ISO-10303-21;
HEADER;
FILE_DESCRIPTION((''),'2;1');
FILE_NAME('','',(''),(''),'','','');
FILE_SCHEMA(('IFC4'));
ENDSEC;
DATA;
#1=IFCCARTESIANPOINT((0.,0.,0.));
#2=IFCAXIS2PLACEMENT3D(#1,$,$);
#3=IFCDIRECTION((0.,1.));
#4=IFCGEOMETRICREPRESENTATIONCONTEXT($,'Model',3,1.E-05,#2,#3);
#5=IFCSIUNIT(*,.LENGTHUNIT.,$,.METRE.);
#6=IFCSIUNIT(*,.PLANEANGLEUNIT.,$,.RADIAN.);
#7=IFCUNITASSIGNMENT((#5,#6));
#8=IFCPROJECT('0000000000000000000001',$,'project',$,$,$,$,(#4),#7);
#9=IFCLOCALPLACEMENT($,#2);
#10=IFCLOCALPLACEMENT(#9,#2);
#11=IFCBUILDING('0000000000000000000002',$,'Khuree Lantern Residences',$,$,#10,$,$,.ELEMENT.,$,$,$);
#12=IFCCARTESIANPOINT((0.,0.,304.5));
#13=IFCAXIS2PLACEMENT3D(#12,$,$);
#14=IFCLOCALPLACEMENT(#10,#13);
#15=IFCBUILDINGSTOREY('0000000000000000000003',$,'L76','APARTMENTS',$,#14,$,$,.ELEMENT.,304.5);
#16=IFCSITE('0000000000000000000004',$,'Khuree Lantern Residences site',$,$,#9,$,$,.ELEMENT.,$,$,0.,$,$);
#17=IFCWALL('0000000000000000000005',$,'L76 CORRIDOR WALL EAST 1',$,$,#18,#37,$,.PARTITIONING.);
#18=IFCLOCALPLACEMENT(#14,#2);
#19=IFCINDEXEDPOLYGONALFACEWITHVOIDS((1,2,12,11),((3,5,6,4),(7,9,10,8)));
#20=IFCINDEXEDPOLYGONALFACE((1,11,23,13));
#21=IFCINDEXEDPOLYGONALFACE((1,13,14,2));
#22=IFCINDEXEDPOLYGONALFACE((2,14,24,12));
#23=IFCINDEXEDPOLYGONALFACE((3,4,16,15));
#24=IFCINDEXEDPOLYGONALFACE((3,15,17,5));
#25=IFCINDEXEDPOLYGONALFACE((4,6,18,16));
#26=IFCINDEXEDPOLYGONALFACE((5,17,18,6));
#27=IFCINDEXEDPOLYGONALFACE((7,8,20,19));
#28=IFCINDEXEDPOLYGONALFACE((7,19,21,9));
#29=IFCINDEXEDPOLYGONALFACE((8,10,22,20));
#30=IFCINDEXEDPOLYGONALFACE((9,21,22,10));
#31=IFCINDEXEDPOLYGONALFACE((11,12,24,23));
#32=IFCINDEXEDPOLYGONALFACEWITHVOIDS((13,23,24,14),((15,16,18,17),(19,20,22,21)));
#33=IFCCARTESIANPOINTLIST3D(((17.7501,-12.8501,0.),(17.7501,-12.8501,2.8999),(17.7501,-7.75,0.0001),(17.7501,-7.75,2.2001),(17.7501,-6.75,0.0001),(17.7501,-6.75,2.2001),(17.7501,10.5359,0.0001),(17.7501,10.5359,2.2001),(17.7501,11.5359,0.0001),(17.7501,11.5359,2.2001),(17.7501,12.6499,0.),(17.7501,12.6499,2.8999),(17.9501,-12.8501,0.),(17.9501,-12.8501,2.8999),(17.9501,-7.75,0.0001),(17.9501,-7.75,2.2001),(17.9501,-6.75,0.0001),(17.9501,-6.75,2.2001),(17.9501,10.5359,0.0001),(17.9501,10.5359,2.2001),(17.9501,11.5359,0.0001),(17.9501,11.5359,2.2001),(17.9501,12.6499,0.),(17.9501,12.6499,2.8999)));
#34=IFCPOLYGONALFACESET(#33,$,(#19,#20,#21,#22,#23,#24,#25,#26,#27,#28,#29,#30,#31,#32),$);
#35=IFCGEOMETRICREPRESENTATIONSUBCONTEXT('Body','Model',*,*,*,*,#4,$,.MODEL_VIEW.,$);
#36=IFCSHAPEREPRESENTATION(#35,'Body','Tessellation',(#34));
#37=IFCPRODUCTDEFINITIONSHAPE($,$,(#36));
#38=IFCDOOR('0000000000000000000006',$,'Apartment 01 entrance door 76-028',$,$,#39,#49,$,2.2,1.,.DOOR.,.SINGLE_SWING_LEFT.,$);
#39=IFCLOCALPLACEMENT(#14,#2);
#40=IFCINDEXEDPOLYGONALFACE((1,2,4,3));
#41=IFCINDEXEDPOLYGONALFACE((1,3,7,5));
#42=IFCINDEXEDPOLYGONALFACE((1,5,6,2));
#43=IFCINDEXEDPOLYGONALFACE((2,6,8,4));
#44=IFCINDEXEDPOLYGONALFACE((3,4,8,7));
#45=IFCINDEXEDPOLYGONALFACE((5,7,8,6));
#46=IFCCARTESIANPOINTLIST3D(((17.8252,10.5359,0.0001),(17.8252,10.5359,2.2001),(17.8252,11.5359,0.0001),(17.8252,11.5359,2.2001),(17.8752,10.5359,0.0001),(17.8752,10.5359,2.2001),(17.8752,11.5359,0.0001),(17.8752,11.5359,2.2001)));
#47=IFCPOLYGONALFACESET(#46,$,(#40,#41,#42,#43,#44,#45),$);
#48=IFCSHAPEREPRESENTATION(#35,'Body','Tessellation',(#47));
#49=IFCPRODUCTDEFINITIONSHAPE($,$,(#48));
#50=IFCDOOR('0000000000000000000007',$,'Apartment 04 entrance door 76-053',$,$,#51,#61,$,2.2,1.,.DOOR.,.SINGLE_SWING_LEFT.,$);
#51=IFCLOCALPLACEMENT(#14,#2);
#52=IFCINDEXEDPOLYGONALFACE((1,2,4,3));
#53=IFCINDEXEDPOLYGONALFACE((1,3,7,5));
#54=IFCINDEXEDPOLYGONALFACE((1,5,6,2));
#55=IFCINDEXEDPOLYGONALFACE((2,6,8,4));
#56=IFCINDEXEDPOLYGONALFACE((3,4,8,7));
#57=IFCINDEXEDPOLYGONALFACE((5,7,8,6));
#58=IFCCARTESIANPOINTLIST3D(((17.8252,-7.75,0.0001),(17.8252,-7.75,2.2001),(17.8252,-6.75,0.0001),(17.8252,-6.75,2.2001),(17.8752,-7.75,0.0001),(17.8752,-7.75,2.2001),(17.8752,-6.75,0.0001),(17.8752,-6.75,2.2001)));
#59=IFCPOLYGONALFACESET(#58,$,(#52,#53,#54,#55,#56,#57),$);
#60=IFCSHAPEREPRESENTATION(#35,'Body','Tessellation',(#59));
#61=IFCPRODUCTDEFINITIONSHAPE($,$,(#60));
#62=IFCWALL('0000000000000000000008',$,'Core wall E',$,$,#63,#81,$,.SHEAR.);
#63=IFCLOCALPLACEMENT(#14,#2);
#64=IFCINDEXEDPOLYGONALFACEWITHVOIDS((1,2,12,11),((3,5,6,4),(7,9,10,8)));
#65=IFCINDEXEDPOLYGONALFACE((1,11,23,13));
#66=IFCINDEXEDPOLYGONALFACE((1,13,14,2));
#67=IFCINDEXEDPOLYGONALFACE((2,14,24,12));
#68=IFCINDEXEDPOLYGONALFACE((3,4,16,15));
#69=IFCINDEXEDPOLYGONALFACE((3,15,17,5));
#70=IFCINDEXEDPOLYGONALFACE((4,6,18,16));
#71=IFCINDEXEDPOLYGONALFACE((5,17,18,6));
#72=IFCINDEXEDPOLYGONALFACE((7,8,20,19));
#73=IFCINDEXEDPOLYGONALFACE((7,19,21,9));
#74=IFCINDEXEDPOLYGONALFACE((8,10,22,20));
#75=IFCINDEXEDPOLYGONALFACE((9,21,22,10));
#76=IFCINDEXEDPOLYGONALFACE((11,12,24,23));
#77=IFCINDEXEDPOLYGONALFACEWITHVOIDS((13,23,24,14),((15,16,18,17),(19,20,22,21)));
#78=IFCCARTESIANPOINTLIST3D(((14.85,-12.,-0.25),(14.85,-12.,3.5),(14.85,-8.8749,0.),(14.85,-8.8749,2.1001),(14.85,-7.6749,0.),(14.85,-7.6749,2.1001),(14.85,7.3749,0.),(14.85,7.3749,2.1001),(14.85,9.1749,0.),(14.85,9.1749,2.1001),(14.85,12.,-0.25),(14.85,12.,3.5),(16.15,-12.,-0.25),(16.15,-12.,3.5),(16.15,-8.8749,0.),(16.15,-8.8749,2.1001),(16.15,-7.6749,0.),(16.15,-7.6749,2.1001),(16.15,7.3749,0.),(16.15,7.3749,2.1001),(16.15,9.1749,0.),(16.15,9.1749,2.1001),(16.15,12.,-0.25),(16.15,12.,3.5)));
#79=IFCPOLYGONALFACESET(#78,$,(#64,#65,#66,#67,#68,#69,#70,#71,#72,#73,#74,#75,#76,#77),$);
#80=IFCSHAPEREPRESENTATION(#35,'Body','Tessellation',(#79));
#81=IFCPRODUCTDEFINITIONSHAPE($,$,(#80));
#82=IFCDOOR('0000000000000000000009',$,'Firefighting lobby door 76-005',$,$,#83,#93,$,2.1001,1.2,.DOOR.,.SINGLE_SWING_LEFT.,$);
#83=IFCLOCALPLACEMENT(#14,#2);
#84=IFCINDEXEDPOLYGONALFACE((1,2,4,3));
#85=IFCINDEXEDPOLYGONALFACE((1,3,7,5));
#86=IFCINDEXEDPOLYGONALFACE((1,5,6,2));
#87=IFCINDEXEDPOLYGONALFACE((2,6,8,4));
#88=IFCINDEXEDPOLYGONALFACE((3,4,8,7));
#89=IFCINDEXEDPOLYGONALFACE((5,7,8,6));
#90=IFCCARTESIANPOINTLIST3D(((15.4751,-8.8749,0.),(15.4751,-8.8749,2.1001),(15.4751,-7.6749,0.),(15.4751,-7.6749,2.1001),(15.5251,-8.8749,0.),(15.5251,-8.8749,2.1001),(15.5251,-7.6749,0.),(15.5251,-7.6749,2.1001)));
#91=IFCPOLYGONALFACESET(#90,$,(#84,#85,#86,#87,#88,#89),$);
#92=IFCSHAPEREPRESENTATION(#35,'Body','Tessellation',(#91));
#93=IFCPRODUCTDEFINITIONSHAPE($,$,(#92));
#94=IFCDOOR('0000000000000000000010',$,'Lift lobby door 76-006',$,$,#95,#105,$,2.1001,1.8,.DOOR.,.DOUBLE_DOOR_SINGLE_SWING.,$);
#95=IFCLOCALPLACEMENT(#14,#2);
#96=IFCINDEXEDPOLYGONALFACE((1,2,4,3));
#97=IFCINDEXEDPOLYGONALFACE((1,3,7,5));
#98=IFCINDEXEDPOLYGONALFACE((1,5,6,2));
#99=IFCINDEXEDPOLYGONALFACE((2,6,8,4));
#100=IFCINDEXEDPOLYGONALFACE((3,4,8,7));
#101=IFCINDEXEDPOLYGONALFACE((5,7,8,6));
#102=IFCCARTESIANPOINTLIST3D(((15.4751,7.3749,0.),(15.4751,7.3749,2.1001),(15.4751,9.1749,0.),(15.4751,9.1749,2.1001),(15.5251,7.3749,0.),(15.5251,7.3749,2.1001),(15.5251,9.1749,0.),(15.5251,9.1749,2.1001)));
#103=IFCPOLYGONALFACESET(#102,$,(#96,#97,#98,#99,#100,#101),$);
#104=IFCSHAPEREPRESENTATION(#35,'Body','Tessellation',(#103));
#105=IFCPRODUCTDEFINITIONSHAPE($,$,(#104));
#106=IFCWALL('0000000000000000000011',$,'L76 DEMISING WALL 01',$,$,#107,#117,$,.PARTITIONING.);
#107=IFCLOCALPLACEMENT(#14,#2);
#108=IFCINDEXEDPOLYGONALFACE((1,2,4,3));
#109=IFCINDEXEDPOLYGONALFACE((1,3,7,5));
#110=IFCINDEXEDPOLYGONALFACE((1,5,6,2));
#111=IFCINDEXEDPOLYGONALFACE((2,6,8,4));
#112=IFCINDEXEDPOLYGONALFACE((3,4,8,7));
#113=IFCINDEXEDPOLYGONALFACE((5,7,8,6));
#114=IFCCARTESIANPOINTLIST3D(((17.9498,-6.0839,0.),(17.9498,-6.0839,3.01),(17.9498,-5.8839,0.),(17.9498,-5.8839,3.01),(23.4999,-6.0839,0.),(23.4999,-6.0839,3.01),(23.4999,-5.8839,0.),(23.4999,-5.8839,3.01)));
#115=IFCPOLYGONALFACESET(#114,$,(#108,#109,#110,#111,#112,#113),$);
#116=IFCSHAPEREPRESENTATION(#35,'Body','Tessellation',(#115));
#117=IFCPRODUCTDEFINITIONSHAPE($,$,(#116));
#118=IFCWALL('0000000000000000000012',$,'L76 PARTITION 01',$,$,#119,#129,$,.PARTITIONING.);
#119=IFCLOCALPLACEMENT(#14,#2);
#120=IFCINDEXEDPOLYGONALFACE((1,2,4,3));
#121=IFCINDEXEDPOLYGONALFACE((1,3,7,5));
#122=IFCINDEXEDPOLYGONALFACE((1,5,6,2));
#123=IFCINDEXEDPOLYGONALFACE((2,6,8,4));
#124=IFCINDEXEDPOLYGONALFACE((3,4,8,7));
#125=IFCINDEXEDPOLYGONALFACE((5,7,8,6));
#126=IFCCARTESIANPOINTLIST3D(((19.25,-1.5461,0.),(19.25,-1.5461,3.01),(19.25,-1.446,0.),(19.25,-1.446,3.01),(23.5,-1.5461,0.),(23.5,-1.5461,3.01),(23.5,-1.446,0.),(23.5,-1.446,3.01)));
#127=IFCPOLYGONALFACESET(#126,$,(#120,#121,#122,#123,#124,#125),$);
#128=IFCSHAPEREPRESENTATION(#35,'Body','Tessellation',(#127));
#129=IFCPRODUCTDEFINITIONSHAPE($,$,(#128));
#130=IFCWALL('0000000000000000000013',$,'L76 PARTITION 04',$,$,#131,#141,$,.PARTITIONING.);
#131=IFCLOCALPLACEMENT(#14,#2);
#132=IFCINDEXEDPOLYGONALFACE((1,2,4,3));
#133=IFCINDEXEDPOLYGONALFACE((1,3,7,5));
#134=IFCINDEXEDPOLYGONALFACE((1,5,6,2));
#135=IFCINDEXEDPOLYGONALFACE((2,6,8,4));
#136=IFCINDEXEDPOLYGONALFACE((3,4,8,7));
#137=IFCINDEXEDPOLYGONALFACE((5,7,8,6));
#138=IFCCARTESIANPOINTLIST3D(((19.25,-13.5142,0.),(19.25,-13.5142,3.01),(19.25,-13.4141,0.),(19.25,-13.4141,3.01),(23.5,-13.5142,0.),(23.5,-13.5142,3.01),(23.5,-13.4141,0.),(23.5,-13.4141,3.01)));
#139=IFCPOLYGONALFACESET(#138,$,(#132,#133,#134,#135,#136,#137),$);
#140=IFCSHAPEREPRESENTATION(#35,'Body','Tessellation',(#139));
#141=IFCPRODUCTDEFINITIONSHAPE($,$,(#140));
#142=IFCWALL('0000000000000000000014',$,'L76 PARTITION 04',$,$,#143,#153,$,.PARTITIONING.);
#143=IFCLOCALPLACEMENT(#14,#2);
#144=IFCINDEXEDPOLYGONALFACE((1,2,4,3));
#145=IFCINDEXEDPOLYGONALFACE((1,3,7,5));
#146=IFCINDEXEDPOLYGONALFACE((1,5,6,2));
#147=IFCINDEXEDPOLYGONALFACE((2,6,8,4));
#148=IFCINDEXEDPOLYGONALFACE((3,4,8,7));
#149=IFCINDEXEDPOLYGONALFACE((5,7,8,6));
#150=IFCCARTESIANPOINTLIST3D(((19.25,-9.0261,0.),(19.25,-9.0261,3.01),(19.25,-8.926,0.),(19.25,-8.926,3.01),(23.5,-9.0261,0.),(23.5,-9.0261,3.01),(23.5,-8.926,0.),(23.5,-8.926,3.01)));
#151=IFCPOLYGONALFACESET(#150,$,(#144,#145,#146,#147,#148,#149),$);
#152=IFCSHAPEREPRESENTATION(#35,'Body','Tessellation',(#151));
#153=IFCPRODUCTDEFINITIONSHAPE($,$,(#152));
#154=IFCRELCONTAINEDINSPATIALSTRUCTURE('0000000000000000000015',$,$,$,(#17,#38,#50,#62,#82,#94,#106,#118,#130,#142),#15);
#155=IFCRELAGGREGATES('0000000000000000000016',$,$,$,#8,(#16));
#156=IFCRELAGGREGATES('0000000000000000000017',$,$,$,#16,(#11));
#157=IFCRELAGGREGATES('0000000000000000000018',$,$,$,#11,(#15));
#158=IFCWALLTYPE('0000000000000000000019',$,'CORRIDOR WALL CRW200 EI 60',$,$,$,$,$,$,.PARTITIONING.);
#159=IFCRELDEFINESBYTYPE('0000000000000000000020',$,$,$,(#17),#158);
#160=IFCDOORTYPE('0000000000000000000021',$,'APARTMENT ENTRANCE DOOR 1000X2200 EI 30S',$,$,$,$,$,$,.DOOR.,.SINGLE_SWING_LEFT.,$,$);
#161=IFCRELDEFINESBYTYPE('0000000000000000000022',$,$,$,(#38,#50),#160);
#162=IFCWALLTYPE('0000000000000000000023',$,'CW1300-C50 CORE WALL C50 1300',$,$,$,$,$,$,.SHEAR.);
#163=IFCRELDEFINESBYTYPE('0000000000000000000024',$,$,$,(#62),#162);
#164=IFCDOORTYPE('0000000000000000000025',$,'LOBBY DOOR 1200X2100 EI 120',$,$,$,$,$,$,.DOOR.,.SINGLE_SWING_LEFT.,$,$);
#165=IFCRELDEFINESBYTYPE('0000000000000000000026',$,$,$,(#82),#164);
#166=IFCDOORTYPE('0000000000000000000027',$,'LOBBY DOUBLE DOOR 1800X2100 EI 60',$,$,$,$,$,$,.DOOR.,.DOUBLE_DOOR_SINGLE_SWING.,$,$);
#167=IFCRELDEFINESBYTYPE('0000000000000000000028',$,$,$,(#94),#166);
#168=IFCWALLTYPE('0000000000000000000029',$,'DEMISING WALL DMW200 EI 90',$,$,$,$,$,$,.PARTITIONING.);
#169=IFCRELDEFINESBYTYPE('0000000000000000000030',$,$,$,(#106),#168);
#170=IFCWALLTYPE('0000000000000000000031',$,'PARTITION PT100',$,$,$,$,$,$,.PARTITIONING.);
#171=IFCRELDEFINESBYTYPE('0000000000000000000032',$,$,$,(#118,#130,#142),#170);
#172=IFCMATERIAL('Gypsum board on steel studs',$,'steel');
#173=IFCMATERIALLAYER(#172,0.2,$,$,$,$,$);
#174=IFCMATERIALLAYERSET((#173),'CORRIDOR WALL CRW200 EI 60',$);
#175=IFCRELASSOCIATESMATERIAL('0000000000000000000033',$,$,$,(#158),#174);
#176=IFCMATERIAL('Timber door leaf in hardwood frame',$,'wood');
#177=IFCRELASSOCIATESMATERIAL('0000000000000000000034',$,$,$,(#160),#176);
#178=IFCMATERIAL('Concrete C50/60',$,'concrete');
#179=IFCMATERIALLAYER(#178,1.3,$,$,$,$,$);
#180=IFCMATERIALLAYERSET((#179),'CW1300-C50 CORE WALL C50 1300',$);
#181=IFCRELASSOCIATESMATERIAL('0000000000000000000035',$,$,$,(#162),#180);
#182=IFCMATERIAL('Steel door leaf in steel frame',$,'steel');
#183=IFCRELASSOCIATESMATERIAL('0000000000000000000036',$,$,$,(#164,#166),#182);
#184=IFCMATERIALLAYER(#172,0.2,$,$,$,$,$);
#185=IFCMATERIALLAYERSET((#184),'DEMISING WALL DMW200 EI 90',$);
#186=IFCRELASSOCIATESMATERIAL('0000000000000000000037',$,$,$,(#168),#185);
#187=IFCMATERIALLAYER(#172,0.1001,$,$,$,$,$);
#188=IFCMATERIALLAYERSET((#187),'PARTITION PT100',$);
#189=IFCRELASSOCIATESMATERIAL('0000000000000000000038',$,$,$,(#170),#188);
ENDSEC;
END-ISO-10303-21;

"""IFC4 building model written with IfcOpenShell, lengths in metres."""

from ifc_helpers import new_model, si_unit, direction, frame, frame_2d, origin, place, context, subcontext, project, spatial, rectangle, extrude, material, layer, layer_set, type_object, element, fill, save


model = new_model("IFC4")

# Units and contexts
model_context = context("Model", 3, precision=1e-05, world=origin(), true_north=direction((0.0, 1.0)))
body_context = subcontext(model_context, "Body", "Model", "MODEL_VIEW")
ifc_project = project(units=[si_unit("LENGTHUNIT", "METRE"), si_unit("PLANEANGLEUNIT", "RADIAN")], contexts=[model_context])

# Site, building, storey
site_placement = place(None, origin())
site = spatial("IfcSite", under=ifc_project, at=site_placement, Name="Khuree Lantern Residences site", CompositionType="ELEMENT", RefElevation=0.0)
building_placement = place(site_placement, origin())
building = spatial("IfcBuilding", under=site, at=building_placement, Name="Khuree Lantern Residences", CompositionType="ELEMENT")
storey_placement = place(building_placement, frame((0.0, 0.0, 304.5)))
storey = spatial("IfcBuildingStorey", under=building, at=storey_placement, Name="L76", Description="APARTMENTS", CompositionType="ELEMENT", Elevation=304.5)

# Shared definitions
ifc_material_1 = material(Name="Concrete C50/60", Category="concrete")

# Shared definitions
ifc_material_2 = material(Name="Gypsum board on steel studs", Category="steel")
ifc_layer_1 = layer(ifc_material_2, 0.2)
ifc_layer_set_1 = layer_set([ifc_layer_1], Name="CORRIDOR WALL CRW200 EI 60")
wall_type_1 = type_object("IfcWallType", Name="CORRIDOR WALL CRW200 EI 60", PredefinedType="PARTITIONING", material=ifc_layer_set_1)

# Walls, openings, doors
wall_1_placement = place(storey_placement, frame((17.8501, -12.8501, 0.0), z_axis=(0.0, 0.0, 1.0), x_axis=(0.0, 1.0, 0.0)))
wall_1 = element("IfcWall", 1, at=wall_1_placement, inside=storey, type_object=wall_type_1, Name="L76 CORRIDOR WALL EAST 1", PredefinedType="PARTITIONING", context=body_context, shape_type="SweptSolid", body=[
    extrude(rectangle(XDim=25.5, YDim=0.2, at=frame_2d((12.75, 0.0))), origin(), (0.0, 0.0, 1.0), 2.8999),
])
opening_1_placement = place(wall_1_placement, frame((23.386, 0.0, 0.0)))
opening_1 = element("IfcOpeningElement", 2, at=opening_1_placement, cuts=wall_1, PredefinedType="OPENING", context=body_context, shape_type="SweptSolid", body=[
    extrude(rectangle(XDim=1.0, YDim=2.2, at=frame_2d((0.5, 1.1001))), frame((0.0, 0.1099, 0.0), z_axis=(0.0, -1.0, 0.0), x_axis=(1.0, 0.0, 0.0)), (0.0, 0.0, 1.0), 0.22),
])
opening_2_placement = place(wall_1_placement, frame((5.1001, 0.0, 0.0)))
opening_2 = element("IfcOpeningElement", 3, at=opening_2_placement, cuts=wall_1, PredefinedType="OPENING", context=body_context, shape_type="SweptSolid", body=[
    extrude(rectangle(XDim=1.0, YDim=2.2, at=frame_2d((0.5, 1.1001))), frame((0.0, 0.1099, 0.0), z_axis=(0.0, -1.0, 0.0), x_axis=(1.0, 0.0, 0.0)), (0.0, 0.0, 1.0), 0.22),
])
ifc_material_3 = material(Name="Timber door leaf in hardwood frame", Category="wood")
door_type_1 = type_object("IfcDoorType", Name="APARTMENT ENTRANCE DOOR 1000X2200 EI 30S", OperationType="SINGLE_SWING_LEFT", PredefinedType="DOOR", material=ifc_material_3)
door_1_placement = place(opening_1_placement, origin())
door_1 = element("IfcDoor", 4, at=door_1_placement, inside=storey, type_object=door_type_1, Name="Apartment 01 entrance door 76-028", OperationType="SINGLE_SWING_LEFT", OverallHeight=2.2, OverallWidth=1.0, PredefinedType="DOOR", context=body_context, shape_type="SweptSolid", body=[
    extrude(rectangle(XDim=1.0, YDim=2.2, at=frame_2d((0.5, 1.1001))), frame((0.0, 0.0249, 0.0), z_axis=(0.0, -1.0, 0.0), x_axis=(1.0, 0.0, 0.0)), (0.0, 0.0, 1.0), 0.05),
])
fill(opening_1, door_1)
door_2_placement = place(opening_2_placement, origin())
door_2 = element("IfcDoor", 5, at=door_2_placement, inside=storey, type_object=door_type_1, Name="Apartment 04 entrance door 76-053", OperationType="SINGLE_SWING_LEFT", OverallHeight=2.2, OverallWidth=1.0, PredefinedType="DOOR", context=body_context, shape_type="SweptSolid", body=[
    extrude(rectangle(XDim=1.0, YDim=2.2, at=frame_2d((0.5, 1.1001))), frame((0.0, 0.0249, 0.0), z_axis=(0.0, -1.0, 0.0), x_axis=(1.0, 0.0, 0.0)), (0.0, 0.0, 1.0), 0.05),
])
fill(opening_2, door_2)
ifc_layer_2 = layer(ifc_material_1, 1.3)
ifc_layer_set_2 = layer_set([ifc_layer_2], Name="CW1300-C50 CORE WALL C50 1300")
wall_type_2 = type_object("IfcWallType", Name="CW1300-C50 CORE WALL C50 1300", PredefinedType="SHEAR", material=ifc_layer_set_2)
wall_2_placement = place(storey_placement, frame((15.5, -12.0, -0.25), z_axis=(0.0, 0.0, 1.0), x_axis=(0.0, 1.0, 0.0)))
wall_2 = element("IfcWall", 6, at=wall_2_placement, inside=storey, type_object=wall_type_2, Name="Core wall E", PredefinedType="SHEAR", context=body_context, shape_type="SweptSolid", body=[
    extrude(rectangle(XDim=24.0, YDim=1.3, at=frame_2d((12.0, 0.0))), origin(), (0.0, 0.0, 1.0), 3.75),
])
opening_3_placement = place(wall_2_placement, frame((3.125, 0.0, 0.25)))
opening_3 = element("IfcOpeningElement", 7, at=opening_3_placement, cuts=wall_2, PredefinedType="OPENING", context=body_context, shape_type="SweptSolid", body=[
    extrude(rectangle(XDim=1.2, YDim=2.1001, at=frame_2d((0.6001, 1.05))), frame((0.0, 0.6602, 0.0), z_axis=(0.0, -1.0, 0.0), x_axis=(1.0, 0.0, 0.0)), (0.0, 0.0, 1.0), 1.3201),
])
opening_4_placement = place(wall_2_placement, frame((19.375, 0.0, 0.25)))
opening_4 = element("IfcOpeningElement", 8, at=opening_4_placement, cuts=wall_2, PredefinedType="OPENING", context=body_context, shape_type="SweptSolid", body=[
    extrude(rectangle(XDim=1.8, YDim=2.1001, at=frame_2d((0.8999, 1.05))), frame((0.0, 0.6602, 0.0), z_axis=(0.0, -1.0, 0.0), x_axis=(1.0, 0.0, 0.0)), (0.0, 0.0, 1.0), 1.3201),
])
ifc_material_4 = material(Name="Steel door leaf in steel frame", Category="steel")
door_type_2 = type_object("IfcDoorType", Name="LOBBY DOOR 1200X2100 EI 120", OperationType="SINGLE_SWING_LEFT", PredefinedType="DOOR", material=ifc_material_4)
door_3_placement = place(opening_3_placement, origin())
door_3 = element("IfcDoor", 9, at=door_3_placement, inside=storey, type_object=door_type_2, Name="Firefighting lobby door 76-005", OperationType="SINGLE_SWING_LEFT", OverallHeight=2.1001, OverallWidth=1.2, PredefinedType="DOOR", context=body_context, shape_type="SweptSolid", body=[
    extrude(rectangle(XDim=1.2, YDim=2.1001, at=frame_2d((0.6001, 1.05))), frame((0.0, 0.0249, 0.0), z_axis=(0.0, -1.0, 0.0), x_axis=(1.0, 0.0, 0.0)), (0.0, 0.0, 1.0), 0.05),
])
fill(opening_3, door_3)
door_type_3 = type_object("IfcDoorType", Name="LOBBY DOUBLE DOOR 1800X2100 EI 60", OperationType="DOUBLE_DOOR_SINGLE_SWING", PredefinedType="DOOR", material=ifc_material_4)
door_4_placement = place(opening_4_placement, origin())
door_4 = element("IfcDoor", 10, at=door_4_placement, inside=storey, type_object=door_type_3, Name="Lift lobby door 76-006", OperationType="DOUBLE_DOOR_SINGLE_SWING", OverallHeight=2.1001, OverallWidth=1.8, PredefinedType="DOOR", context=body_context, shape_type="SweptSolid", body=[
    extrude(rectangle(XDim=1.8, YDim=2.1001, at=frame_2d((0.8999, 1.05))), frame((0.0, 0.0249, 0.0), z_axis=(0.0, -1.0, 0.0), x_axis=(1.0, 0.0, 0.0)), (0.0, 0.0, 1.0), 0.05),
])
fill(opening_4, door_4)

# Walls
ifc_layer_3 = layer(ifc_material_2, 0.2)
ifc_layer_set_3 = layer_set([ifc_layer_3], Name="DEMISING WALL DMW200 EI 90")
wall_type_3 = type_object("IfcWallType", Name="DEMISING WALL DMW200 EI 90", PredefinedType="PARTITIONING", material=ifc_layer_set_3)
wall_3_placement = place(storey_placement, frame((17.95, -5.9839, 0.0), z_axis=(0.0, 0.0, 1.0), x_axis=(1.0, 0.0, 0.0)))
element("IfcWall", 11, at=wall_3_placement, inside=storey, type_object=wall_type_3, Name="L76 DEMISING WALL 01", PredefinedType="PARTITIONING", context=body_context, shape_type="SweptSolid", body=[
    extrude(rectangle(XDim=5.55, YDim=0.2, at=frame_2d((2.7749, 0.0))), origin(), (0.0, 0.0, 1.0), 3.01),
])
ifc_layer_4 = layer(ifc_material_2, 0.1001)
ifc_layer_set_4 = layer_set([ifc_layer_4], Name="PARTITION PT100")
wall_type_4 = type_object("IfcWallType", Name="PARTITION PT100", PredefinedType="PARTITIONING", material=ifc_layer_set_4)
for number, where, z_axis, x_axis, name in (
    (12, (19.25, -1.4961, 0.0), (0.0, 0.0, 1.0), (1.0, 0.0, 0.0), "L76 PARTITION 01"),
    (13, (19.25, -13.4641, 0.0), (0.0, 0.0, 1.0), (1.0, 0.0, 0.0), "L76 PARTITION 04"),
    (14, (19.25, -8.9761, 0.0), (0.0, 0.0, 1.0), (1.0, 0.0, 0.0), "L76 PARTITION 04"),
):
    element("IfcWall", number, at=place(storey_placement, frame(where, z_axis=z_axis, x_axis=x_axis)), inside=storey, type_object=wall_type_4, Name=name, PredefinedType="PARTITIONING", context=body_context, shape_type="SweptSolid", body=[
        extrude(rectangle(XDim=4.25, YDim=0.1001, at=frame_2d((2.125, 0.0))), origin(), (0.0, 0.0, 1.0), 3.01),
    ])

save(model, "model.ifc")
